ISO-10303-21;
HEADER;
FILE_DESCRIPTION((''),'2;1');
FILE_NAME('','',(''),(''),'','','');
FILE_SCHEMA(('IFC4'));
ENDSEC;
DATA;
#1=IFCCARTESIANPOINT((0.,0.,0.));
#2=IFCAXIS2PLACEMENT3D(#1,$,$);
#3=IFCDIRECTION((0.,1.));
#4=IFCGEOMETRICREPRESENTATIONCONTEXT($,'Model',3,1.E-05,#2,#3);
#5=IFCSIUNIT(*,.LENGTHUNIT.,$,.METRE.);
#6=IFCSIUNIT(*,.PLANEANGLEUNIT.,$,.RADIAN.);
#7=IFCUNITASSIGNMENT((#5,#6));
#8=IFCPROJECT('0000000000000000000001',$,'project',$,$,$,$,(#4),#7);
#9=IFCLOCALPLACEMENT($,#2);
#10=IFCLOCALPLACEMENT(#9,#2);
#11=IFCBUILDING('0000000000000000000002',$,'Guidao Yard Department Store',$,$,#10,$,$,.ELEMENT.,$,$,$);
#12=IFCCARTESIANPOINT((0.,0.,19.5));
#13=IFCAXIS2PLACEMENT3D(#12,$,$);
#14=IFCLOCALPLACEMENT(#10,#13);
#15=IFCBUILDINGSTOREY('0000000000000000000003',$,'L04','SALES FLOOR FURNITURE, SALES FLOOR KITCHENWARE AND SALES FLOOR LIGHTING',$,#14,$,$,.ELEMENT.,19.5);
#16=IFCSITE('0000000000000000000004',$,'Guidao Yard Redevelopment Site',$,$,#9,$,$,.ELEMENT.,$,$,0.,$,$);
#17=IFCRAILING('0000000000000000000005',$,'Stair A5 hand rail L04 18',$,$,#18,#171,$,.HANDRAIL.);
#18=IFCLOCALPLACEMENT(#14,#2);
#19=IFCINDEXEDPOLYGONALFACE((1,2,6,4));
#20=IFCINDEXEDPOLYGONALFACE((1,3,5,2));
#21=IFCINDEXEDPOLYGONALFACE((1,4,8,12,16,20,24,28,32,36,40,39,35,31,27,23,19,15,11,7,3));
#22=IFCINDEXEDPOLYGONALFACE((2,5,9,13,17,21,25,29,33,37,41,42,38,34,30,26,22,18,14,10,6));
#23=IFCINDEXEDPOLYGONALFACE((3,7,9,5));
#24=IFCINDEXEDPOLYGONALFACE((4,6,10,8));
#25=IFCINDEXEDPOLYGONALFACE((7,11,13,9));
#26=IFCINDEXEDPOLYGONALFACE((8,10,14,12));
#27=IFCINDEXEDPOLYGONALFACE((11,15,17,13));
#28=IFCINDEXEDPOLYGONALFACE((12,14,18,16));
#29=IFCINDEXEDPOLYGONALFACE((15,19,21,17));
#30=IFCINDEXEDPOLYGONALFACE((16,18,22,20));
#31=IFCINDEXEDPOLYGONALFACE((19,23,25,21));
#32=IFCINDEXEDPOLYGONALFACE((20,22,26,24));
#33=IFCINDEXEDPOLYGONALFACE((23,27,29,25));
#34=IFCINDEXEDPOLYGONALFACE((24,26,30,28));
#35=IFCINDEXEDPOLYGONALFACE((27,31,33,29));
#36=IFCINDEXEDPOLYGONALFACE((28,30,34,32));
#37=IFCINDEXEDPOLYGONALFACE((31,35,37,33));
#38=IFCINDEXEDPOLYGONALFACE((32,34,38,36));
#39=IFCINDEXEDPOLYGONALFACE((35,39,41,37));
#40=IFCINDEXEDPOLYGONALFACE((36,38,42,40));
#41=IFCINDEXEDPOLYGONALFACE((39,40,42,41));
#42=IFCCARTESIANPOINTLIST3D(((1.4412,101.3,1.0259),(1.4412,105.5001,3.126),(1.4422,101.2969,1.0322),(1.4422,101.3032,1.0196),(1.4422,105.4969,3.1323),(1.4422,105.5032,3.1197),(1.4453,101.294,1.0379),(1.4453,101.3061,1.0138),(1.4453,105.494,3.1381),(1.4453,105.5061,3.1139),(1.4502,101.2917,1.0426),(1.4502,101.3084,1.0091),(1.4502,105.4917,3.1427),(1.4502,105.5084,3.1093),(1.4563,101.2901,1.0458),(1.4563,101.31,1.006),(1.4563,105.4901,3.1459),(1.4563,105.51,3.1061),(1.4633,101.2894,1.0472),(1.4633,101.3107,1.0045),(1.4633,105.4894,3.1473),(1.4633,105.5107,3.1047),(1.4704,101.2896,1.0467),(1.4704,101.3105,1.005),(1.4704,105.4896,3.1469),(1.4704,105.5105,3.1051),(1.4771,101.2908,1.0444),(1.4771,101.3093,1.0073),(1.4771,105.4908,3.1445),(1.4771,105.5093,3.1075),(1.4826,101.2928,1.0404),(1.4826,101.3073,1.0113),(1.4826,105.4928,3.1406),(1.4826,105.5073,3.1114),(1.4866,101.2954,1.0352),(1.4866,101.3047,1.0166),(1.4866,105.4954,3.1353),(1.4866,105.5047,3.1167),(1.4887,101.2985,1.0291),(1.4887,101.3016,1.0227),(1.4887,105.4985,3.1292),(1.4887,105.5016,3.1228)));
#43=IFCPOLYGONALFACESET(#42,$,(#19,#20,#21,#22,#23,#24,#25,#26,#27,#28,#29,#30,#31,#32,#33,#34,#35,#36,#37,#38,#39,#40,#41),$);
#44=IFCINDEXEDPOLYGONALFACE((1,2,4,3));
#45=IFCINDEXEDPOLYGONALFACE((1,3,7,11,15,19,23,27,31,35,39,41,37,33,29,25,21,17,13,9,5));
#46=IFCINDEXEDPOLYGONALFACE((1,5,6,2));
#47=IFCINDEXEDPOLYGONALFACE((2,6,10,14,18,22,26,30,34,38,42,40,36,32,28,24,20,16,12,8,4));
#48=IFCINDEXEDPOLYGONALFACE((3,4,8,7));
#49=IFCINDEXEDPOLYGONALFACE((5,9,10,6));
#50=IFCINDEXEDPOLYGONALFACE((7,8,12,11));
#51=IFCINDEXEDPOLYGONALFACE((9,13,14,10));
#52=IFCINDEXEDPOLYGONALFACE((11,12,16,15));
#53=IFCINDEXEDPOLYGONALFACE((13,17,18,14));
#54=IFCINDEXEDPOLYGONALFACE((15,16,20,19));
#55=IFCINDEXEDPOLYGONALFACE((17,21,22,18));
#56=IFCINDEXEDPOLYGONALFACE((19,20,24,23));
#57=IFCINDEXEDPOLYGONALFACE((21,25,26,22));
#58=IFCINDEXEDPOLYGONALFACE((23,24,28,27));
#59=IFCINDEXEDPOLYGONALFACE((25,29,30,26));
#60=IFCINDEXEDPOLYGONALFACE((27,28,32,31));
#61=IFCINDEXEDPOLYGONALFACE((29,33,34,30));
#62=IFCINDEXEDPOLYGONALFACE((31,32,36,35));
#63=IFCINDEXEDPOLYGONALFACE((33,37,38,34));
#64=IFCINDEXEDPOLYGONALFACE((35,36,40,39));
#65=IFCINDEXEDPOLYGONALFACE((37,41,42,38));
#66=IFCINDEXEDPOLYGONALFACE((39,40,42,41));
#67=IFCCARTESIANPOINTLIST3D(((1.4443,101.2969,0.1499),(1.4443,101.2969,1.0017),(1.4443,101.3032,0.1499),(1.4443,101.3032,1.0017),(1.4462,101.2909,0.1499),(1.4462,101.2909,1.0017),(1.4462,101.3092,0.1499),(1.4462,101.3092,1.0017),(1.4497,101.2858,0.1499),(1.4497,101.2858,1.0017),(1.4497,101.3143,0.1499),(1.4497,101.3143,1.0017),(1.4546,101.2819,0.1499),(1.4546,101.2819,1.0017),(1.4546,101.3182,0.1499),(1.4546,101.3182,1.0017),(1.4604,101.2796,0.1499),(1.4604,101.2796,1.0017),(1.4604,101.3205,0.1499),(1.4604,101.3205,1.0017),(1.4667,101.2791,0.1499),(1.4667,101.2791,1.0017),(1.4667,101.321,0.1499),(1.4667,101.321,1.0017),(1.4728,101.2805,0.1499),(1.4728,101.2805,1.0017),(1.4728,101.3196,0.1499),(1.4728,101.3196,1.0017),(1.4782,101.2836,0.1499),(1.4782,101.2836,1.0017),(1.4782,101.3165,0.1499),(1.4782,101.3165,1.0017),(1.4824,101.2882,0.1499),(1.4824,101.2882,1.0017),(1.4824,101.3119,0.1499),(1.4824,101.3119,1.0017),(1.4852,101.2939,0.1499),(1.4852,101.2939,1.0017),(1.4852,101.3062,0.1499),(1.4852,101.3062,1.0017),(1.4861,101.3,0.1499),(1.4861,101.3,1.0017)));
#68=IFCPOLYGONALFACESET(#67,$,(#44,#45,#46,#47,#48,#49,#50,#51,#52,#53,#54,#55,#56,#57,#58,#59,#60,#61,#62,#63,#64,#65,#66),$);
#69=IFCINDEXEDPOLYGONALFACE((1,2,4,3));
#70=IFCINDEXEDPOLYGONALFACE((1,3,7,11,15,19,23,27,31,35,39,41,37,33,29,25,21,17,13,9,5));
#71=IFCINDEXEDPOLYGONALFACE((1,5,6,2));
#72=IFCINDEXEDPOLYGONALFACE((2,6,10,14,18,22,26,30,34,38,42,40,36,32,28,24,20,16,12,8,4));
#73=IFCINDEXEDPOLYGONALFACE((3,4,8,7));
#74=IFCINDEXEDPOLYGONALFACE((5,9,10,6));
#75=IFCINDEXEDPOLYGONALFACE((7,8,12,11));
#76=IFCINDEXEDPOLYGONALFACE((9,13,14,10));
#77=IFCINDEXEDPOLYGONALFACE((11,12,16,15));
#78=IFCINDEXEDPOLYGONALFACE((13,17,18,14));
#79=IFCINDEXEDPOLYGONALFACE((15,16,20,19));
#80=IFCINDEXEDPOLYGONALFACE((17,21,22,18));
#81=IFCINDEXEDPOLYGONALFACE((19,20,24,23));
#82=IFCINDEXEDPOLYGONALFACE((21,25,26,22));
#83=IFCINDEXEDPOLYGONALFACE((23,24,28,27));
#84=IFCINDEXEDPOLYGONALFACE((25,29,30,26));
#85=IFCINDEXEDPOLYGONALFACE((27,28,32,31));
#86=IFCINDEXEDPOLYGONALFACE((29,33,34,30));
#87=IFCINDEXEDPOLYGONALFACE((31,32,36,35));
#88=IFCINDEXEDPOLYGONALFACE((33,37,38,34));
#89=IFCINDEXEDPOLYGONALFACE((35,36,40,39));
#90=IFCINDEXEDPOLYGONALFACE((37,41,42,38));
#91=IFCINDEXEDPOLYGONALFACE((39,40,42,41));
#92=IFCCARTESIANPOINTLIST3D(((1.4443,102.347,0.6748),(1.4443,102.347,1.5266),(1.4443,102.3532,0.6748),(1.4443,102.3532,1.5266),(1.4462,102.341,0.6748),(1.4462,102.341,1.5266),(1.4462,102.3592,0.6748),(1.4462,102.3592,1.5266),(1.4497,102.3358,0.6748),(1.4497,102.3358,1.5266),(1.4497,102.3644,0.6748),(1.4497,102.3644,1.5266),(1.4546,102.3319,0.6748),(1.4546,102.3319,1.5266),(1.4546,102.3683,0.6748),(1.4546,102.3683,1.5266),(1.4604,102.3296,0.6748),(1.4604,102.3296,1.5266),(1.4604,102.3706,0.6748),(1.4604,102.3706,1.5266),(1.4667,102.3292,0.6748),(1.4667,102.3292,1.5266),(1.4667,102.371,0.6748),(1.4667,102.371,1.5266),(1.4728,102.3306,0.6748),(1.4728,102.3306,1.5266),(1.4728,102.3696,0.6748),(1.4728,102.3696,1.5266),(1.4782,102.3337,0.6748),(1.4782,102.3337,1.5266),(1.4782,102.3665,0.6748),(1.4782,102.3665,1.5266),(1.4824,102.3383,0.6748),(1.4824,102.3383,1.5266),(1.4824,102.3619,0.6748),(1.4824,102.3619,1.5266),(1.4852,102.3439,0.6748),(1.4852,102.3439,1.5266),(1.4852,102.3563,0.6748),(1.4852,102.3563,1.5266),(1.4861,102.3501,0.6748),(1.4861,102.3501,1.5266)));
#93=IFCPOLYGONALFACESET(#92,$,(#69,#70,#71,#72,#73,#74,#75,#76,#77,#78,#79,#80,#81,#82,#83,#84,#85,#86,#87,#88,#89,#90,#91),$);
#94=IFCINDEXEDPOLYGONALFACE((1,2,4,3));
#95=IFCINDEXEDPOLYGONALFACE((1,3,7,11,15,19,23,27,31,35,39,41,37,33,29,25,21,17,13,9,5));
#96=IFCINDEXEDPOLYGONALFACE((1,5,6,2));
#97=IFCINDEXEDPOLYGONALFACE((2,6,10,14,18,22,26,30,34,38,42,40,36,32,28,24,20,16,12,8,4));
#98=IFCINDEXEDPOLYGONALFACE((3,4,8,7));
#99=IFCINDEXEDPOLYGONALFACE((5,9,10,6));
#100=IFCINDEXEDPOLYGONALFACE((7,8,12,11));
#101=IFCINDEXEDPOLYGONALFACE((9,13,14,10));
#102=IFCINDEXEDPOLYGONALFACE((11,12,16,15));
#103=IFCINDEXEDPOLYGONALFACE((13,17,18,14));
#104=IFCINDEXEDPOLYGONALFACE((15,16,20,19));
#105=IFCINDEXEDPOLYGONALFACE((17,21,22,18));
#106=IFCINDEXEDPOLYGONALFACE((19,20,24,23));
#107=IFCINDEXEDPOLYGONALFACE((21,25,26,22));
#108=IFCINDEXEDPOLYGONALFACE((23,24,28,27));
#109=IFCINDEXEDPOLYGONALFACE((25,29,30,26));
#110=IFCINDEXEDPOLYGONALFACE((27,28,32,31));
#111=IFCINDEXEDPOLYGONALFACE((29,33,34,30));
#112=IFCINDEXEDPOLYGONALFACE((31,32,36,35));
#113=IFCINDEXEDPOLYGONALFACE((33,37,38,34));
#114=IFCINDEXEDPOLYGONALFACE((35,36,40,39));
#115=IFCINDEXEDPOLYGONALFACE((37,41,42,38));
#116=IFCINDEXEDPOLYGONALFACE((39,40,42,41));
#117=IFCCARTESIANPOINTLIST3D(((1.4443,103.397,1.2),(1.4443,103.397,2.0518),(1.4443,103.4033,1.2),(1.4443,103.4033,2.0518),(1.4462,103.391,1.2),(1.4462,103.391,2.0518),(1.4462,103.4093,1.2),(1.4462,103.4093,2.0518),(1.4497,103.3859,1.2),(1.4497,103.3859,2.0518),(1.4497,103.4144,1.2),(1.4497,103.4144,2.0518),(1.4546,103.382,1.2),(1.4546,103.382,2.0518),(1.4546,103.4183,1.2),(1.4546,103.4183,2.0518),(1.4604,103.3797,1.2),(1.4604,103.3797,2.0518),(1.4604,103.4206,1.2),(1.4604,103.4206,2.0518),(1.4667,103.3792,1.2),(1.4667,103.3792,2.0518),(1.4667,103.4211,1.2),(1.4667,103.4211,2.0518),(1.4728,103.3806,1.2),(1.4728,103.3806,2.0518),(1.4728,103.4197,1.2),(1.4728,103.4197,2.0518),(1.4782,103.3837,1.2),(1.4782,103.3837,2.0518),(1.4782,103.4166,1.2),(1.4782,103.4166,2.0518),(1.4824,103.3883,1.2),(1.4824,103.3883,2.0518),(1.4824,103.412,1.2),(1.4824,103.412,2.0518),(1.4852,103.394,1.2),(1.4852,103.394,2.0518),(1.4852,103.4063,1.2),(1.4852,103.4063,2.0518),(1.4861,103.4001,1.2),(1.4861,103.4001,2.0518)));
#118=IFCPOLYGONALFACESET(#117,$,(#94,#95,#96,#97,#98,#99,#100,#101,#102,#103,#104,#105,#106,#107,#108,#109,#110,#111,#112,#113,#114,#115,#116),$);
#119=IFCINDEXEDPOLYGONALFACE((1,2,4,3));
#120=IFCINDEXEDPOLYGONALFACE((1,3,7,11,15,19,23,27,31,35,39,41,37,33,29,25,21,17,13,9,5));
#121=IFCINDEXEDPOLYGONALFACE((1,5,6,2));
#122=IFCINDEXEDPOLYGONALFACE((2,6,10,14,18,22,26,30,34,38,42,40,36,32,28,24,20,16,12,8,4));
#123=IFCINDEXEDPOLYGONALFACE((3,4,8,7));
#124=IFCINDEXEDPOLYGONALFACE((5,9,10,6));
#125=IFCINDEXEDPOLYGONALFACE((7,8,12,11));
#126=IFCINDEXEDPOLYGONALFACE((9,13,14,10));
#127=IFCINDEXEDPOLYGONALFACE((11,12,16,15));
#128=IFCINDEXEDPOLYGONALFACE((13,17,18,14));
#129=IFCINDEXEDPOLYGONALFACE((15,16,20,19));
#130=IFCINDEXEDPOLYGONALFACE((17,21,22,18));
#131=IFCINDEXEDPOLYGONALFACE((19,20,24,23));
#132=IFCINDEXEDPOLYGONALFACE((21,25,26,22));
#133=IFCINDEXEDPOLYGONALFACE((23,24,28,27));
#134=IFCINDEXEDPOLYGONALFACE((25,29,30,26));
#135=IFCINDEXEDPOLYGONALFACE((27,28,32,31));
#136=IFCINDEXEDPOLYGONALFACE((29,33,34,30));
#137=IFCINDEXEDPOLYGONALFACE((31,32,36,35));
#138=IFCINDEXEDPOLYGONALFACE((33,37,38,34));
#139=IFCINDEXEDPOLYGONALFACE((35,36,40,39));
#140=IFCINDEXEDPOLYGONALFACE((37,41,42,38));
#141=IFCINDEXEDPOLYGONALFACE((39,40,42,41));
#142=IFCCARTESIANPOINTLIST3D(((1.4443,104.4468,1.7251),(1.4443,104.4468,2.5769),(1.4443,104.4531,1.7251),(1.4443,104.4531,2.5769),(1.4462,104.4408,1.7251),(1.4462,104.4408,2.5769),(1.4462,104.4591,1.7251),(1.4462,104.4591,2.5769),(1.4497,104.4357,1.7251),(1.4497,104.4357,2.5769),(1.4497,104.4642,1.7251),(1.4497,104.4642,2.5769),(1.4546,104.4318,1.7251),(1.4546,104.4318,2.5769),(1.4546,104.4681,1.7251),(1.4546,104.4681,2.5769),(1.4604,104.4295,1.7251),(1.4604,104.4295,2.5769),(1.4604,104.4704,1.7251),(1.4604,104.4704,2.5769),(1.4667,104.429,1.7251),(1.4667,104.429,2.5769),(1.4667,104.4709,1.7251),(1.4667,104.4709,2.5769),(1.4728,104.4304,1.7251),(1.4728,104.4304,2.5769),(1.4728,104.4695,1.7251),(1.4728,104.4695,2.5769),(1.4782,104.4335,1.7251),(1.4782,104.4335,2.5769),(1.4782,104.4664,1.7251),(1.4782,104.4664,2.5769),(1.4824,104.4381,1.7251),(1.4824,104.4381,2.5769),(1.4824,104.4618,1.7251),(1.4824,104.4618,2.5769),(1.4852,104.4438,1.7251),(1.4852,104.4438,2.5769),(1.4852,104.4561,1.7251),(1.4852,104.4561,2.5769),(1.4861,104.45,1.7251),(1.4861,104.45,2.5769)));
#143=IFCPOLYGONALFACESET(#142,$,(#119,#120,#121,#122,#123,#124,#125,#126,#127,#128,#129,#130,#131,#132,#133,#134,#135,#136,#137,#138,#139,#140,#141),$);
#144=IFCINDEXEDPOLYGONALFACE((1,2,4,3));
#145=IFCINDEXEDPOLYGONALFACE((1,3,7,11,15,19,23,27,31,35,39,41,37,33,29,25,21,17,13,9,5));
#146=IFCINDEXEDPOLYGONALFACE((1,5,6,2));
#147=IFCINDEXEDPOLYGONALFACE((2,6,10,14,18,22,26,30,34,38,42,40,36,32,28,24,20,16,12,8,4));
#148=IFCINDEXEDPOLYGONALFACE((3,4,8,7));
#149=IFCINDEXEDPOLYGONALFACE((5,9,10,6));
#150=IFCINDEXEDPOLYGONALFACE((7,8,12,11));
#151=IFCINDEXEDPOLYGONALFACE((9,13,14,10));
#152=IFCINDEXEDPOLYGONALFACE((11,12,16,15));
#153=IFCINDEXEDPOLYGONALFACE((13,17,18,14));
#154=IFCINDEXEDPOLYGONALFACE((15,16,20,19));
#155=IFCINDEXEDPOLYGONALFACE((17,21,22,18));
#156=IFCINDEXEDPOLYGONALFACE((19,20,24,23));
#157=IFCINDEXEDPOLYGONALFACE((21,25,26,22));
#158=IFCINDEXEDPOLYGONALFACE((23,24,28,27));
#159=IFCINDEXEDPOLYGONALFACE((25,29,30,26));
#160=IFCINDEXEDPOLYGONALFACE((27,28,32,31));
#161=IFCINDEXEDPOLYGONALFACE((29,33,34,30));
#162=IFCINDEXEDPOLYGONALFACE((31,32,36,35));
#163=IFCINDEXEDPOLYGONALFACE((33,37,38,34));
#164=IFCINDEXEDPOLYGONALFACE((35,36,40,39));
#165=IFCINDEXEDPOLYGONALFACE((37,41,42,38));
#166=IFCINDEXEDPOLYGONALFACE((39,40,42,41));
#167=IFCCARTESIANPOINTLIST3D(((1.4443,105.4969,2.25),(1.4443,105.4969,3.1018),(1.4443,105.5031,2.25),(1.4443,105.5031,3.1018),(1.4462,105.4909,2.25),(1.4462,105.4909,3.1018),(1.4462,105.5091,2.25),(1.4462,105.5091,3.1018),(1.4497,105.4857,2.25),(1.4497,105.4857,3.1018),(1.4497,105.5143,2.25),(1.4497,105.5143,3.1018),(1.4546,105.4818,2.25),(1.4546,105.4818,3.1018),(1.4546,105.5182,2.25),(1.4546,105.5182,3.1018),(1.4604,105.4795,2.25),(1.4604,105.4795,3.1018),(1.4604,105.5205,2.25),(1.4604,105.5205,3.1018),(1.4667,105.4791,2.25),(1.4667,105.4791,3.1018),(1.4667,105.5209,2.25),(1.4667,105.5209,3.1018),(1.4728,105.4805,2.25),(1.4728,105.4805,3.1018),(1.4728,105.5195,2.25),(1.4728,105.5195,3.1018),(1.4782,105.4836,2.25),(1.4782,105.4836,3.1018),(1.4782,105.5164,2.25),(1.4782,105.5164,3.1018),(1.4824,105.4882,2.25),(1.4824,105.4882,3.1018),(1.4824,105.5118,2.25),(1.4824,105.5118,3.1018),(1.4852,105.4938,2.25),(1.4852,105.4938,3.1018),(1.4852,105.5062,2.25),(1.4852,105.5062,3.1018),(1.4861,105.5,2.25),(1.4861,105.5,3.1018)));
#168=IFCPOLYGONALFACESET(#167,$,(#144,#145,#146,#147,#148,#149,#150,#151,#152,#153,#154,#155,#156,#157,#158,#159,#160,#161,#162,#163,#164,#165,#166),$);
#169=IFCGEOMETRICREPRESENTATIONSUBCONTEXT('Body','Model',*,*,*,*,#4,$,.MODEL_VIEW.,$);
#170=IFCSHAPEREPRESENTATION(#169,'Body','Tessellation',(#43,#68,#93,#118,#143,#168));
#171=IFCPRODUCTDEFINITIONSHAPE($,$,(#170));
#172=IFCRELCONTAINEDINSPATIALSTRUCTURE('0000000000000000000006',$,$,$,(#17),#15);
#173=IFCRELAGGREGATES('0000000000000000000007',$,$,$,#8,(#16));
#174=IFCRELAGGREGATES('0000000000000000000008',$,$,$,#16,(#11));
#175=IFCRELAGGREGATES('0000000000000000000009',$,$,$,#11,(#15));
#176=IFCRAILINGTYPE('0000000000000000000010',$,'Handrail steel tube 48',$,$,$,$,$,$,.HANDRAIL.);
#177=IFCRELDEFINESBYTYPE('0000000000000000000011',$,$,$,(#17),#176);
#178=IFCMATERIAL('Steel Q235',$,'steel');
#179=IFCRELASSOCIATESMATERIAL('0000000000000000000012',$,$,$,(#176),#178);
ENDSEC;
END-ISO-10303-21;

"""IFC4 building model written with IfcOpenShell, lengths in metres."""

from ifc_helpers import new_model, si_unit, direction, frame, origin, origin_2d, place, context, subcontext, project, spatial, circle, extrude, material, type_object, element, save


model = new_model("IFC4")

# Units and contexts
model_context = context("Model", 3, precision=1e-05, world=origin(), true_north=direction((0.0, 1.0)))
body_context = subcontext(model_context, "Body", "Model", "MODEL_VIEW")
ifc_project = project(units=[si_unit("LENGTHUNIT", "METRE"), si_unit("PLANEANGLEUNIT", "RADIAN")], contexts=[model_context])

# Site, building, storey
site_placement = place(None, origin())
site = spatial("IfcSite", under=ifc_project, at=site_placement, Name="Guidao Yard Redevelopment Site", CompositionType="ELEMENT", RefElevation=0.0)
building_placement = place(site_placement, origin())
building = spatial("IfcBuilding", under=site, at=building_placement, Name="Guidao Yard Department Store", CompositionType="ELEMENT")
storey_placement = place(building_placement, frame((0.0, 0.0, 19.5)))
storey = spatial("IfcBuildingStorey", under=building, at=storey_placement, Name="L04", Description="SALES FLOOR FURNITURE, SALES FLOOR KITCHENWARE AND SALES FLOOR LIGHTING", CompositionType="ELEMENT", Elevation=19.5)

# Railing
ifc_material_1 = material(Name="Steel Q235", Category="steel")
railing_type_1 = type_object("IfcRailingType", Name="Handrail steel tube 48", PredefinedType="HANDRAIL", material=ifc_material_1)
for number, where, name in (
    (1, (1.4651, 101.3, 0.1499), "Stair A5 hand rail L04 18"),
):
    element("IfcRailing", number, at=place(storey_placement, frame(where)), inside=storey, type_object=railing_type_1, Name=name, PredefinedType="HANDRAIL", context=body_context, shape_type="SweptSolid", body=[
        extrude(circle(Radius=0.0239, at=origin_2d()), frame((0.0, 0.0, 0.876), z_axis=(0.0, 0.894417, 0.447234), x_axis=(-1.0, 0.0, 0.0)), (0.0, 0.0, 1.0), 4.6958),
        extrude(circle(Radius=0.021, at=origin_2d()), origin(), (0.0, 0.0, 1.0), 0.8518),
        extrude(circle(Radius=0.021, at=origin_2d()), frame((0.0, 1.05, 0.5249)), (0.0, 0.0, 1.0), 0.8518),
        extrude(circle(Radius=0.021, at=origin_2d()), frame((0.0, 2.1001, 1.05)), (0.0, 0.0, 1.0), 0.8518),
        extrude(circle(Radius=0.021, at=origin_2d()), frame((0.0, 3.1499, 1.5752)), (0.0, 0.0, 1.0), 0.8518),
        extrude(circle(Radius=0.021, at=origin_2d()), frame((0.0, 4.2, 2.1001)), (0.0, 0.0, 1.0), 0.8518),
    ])

save(model, "model.ifc")
